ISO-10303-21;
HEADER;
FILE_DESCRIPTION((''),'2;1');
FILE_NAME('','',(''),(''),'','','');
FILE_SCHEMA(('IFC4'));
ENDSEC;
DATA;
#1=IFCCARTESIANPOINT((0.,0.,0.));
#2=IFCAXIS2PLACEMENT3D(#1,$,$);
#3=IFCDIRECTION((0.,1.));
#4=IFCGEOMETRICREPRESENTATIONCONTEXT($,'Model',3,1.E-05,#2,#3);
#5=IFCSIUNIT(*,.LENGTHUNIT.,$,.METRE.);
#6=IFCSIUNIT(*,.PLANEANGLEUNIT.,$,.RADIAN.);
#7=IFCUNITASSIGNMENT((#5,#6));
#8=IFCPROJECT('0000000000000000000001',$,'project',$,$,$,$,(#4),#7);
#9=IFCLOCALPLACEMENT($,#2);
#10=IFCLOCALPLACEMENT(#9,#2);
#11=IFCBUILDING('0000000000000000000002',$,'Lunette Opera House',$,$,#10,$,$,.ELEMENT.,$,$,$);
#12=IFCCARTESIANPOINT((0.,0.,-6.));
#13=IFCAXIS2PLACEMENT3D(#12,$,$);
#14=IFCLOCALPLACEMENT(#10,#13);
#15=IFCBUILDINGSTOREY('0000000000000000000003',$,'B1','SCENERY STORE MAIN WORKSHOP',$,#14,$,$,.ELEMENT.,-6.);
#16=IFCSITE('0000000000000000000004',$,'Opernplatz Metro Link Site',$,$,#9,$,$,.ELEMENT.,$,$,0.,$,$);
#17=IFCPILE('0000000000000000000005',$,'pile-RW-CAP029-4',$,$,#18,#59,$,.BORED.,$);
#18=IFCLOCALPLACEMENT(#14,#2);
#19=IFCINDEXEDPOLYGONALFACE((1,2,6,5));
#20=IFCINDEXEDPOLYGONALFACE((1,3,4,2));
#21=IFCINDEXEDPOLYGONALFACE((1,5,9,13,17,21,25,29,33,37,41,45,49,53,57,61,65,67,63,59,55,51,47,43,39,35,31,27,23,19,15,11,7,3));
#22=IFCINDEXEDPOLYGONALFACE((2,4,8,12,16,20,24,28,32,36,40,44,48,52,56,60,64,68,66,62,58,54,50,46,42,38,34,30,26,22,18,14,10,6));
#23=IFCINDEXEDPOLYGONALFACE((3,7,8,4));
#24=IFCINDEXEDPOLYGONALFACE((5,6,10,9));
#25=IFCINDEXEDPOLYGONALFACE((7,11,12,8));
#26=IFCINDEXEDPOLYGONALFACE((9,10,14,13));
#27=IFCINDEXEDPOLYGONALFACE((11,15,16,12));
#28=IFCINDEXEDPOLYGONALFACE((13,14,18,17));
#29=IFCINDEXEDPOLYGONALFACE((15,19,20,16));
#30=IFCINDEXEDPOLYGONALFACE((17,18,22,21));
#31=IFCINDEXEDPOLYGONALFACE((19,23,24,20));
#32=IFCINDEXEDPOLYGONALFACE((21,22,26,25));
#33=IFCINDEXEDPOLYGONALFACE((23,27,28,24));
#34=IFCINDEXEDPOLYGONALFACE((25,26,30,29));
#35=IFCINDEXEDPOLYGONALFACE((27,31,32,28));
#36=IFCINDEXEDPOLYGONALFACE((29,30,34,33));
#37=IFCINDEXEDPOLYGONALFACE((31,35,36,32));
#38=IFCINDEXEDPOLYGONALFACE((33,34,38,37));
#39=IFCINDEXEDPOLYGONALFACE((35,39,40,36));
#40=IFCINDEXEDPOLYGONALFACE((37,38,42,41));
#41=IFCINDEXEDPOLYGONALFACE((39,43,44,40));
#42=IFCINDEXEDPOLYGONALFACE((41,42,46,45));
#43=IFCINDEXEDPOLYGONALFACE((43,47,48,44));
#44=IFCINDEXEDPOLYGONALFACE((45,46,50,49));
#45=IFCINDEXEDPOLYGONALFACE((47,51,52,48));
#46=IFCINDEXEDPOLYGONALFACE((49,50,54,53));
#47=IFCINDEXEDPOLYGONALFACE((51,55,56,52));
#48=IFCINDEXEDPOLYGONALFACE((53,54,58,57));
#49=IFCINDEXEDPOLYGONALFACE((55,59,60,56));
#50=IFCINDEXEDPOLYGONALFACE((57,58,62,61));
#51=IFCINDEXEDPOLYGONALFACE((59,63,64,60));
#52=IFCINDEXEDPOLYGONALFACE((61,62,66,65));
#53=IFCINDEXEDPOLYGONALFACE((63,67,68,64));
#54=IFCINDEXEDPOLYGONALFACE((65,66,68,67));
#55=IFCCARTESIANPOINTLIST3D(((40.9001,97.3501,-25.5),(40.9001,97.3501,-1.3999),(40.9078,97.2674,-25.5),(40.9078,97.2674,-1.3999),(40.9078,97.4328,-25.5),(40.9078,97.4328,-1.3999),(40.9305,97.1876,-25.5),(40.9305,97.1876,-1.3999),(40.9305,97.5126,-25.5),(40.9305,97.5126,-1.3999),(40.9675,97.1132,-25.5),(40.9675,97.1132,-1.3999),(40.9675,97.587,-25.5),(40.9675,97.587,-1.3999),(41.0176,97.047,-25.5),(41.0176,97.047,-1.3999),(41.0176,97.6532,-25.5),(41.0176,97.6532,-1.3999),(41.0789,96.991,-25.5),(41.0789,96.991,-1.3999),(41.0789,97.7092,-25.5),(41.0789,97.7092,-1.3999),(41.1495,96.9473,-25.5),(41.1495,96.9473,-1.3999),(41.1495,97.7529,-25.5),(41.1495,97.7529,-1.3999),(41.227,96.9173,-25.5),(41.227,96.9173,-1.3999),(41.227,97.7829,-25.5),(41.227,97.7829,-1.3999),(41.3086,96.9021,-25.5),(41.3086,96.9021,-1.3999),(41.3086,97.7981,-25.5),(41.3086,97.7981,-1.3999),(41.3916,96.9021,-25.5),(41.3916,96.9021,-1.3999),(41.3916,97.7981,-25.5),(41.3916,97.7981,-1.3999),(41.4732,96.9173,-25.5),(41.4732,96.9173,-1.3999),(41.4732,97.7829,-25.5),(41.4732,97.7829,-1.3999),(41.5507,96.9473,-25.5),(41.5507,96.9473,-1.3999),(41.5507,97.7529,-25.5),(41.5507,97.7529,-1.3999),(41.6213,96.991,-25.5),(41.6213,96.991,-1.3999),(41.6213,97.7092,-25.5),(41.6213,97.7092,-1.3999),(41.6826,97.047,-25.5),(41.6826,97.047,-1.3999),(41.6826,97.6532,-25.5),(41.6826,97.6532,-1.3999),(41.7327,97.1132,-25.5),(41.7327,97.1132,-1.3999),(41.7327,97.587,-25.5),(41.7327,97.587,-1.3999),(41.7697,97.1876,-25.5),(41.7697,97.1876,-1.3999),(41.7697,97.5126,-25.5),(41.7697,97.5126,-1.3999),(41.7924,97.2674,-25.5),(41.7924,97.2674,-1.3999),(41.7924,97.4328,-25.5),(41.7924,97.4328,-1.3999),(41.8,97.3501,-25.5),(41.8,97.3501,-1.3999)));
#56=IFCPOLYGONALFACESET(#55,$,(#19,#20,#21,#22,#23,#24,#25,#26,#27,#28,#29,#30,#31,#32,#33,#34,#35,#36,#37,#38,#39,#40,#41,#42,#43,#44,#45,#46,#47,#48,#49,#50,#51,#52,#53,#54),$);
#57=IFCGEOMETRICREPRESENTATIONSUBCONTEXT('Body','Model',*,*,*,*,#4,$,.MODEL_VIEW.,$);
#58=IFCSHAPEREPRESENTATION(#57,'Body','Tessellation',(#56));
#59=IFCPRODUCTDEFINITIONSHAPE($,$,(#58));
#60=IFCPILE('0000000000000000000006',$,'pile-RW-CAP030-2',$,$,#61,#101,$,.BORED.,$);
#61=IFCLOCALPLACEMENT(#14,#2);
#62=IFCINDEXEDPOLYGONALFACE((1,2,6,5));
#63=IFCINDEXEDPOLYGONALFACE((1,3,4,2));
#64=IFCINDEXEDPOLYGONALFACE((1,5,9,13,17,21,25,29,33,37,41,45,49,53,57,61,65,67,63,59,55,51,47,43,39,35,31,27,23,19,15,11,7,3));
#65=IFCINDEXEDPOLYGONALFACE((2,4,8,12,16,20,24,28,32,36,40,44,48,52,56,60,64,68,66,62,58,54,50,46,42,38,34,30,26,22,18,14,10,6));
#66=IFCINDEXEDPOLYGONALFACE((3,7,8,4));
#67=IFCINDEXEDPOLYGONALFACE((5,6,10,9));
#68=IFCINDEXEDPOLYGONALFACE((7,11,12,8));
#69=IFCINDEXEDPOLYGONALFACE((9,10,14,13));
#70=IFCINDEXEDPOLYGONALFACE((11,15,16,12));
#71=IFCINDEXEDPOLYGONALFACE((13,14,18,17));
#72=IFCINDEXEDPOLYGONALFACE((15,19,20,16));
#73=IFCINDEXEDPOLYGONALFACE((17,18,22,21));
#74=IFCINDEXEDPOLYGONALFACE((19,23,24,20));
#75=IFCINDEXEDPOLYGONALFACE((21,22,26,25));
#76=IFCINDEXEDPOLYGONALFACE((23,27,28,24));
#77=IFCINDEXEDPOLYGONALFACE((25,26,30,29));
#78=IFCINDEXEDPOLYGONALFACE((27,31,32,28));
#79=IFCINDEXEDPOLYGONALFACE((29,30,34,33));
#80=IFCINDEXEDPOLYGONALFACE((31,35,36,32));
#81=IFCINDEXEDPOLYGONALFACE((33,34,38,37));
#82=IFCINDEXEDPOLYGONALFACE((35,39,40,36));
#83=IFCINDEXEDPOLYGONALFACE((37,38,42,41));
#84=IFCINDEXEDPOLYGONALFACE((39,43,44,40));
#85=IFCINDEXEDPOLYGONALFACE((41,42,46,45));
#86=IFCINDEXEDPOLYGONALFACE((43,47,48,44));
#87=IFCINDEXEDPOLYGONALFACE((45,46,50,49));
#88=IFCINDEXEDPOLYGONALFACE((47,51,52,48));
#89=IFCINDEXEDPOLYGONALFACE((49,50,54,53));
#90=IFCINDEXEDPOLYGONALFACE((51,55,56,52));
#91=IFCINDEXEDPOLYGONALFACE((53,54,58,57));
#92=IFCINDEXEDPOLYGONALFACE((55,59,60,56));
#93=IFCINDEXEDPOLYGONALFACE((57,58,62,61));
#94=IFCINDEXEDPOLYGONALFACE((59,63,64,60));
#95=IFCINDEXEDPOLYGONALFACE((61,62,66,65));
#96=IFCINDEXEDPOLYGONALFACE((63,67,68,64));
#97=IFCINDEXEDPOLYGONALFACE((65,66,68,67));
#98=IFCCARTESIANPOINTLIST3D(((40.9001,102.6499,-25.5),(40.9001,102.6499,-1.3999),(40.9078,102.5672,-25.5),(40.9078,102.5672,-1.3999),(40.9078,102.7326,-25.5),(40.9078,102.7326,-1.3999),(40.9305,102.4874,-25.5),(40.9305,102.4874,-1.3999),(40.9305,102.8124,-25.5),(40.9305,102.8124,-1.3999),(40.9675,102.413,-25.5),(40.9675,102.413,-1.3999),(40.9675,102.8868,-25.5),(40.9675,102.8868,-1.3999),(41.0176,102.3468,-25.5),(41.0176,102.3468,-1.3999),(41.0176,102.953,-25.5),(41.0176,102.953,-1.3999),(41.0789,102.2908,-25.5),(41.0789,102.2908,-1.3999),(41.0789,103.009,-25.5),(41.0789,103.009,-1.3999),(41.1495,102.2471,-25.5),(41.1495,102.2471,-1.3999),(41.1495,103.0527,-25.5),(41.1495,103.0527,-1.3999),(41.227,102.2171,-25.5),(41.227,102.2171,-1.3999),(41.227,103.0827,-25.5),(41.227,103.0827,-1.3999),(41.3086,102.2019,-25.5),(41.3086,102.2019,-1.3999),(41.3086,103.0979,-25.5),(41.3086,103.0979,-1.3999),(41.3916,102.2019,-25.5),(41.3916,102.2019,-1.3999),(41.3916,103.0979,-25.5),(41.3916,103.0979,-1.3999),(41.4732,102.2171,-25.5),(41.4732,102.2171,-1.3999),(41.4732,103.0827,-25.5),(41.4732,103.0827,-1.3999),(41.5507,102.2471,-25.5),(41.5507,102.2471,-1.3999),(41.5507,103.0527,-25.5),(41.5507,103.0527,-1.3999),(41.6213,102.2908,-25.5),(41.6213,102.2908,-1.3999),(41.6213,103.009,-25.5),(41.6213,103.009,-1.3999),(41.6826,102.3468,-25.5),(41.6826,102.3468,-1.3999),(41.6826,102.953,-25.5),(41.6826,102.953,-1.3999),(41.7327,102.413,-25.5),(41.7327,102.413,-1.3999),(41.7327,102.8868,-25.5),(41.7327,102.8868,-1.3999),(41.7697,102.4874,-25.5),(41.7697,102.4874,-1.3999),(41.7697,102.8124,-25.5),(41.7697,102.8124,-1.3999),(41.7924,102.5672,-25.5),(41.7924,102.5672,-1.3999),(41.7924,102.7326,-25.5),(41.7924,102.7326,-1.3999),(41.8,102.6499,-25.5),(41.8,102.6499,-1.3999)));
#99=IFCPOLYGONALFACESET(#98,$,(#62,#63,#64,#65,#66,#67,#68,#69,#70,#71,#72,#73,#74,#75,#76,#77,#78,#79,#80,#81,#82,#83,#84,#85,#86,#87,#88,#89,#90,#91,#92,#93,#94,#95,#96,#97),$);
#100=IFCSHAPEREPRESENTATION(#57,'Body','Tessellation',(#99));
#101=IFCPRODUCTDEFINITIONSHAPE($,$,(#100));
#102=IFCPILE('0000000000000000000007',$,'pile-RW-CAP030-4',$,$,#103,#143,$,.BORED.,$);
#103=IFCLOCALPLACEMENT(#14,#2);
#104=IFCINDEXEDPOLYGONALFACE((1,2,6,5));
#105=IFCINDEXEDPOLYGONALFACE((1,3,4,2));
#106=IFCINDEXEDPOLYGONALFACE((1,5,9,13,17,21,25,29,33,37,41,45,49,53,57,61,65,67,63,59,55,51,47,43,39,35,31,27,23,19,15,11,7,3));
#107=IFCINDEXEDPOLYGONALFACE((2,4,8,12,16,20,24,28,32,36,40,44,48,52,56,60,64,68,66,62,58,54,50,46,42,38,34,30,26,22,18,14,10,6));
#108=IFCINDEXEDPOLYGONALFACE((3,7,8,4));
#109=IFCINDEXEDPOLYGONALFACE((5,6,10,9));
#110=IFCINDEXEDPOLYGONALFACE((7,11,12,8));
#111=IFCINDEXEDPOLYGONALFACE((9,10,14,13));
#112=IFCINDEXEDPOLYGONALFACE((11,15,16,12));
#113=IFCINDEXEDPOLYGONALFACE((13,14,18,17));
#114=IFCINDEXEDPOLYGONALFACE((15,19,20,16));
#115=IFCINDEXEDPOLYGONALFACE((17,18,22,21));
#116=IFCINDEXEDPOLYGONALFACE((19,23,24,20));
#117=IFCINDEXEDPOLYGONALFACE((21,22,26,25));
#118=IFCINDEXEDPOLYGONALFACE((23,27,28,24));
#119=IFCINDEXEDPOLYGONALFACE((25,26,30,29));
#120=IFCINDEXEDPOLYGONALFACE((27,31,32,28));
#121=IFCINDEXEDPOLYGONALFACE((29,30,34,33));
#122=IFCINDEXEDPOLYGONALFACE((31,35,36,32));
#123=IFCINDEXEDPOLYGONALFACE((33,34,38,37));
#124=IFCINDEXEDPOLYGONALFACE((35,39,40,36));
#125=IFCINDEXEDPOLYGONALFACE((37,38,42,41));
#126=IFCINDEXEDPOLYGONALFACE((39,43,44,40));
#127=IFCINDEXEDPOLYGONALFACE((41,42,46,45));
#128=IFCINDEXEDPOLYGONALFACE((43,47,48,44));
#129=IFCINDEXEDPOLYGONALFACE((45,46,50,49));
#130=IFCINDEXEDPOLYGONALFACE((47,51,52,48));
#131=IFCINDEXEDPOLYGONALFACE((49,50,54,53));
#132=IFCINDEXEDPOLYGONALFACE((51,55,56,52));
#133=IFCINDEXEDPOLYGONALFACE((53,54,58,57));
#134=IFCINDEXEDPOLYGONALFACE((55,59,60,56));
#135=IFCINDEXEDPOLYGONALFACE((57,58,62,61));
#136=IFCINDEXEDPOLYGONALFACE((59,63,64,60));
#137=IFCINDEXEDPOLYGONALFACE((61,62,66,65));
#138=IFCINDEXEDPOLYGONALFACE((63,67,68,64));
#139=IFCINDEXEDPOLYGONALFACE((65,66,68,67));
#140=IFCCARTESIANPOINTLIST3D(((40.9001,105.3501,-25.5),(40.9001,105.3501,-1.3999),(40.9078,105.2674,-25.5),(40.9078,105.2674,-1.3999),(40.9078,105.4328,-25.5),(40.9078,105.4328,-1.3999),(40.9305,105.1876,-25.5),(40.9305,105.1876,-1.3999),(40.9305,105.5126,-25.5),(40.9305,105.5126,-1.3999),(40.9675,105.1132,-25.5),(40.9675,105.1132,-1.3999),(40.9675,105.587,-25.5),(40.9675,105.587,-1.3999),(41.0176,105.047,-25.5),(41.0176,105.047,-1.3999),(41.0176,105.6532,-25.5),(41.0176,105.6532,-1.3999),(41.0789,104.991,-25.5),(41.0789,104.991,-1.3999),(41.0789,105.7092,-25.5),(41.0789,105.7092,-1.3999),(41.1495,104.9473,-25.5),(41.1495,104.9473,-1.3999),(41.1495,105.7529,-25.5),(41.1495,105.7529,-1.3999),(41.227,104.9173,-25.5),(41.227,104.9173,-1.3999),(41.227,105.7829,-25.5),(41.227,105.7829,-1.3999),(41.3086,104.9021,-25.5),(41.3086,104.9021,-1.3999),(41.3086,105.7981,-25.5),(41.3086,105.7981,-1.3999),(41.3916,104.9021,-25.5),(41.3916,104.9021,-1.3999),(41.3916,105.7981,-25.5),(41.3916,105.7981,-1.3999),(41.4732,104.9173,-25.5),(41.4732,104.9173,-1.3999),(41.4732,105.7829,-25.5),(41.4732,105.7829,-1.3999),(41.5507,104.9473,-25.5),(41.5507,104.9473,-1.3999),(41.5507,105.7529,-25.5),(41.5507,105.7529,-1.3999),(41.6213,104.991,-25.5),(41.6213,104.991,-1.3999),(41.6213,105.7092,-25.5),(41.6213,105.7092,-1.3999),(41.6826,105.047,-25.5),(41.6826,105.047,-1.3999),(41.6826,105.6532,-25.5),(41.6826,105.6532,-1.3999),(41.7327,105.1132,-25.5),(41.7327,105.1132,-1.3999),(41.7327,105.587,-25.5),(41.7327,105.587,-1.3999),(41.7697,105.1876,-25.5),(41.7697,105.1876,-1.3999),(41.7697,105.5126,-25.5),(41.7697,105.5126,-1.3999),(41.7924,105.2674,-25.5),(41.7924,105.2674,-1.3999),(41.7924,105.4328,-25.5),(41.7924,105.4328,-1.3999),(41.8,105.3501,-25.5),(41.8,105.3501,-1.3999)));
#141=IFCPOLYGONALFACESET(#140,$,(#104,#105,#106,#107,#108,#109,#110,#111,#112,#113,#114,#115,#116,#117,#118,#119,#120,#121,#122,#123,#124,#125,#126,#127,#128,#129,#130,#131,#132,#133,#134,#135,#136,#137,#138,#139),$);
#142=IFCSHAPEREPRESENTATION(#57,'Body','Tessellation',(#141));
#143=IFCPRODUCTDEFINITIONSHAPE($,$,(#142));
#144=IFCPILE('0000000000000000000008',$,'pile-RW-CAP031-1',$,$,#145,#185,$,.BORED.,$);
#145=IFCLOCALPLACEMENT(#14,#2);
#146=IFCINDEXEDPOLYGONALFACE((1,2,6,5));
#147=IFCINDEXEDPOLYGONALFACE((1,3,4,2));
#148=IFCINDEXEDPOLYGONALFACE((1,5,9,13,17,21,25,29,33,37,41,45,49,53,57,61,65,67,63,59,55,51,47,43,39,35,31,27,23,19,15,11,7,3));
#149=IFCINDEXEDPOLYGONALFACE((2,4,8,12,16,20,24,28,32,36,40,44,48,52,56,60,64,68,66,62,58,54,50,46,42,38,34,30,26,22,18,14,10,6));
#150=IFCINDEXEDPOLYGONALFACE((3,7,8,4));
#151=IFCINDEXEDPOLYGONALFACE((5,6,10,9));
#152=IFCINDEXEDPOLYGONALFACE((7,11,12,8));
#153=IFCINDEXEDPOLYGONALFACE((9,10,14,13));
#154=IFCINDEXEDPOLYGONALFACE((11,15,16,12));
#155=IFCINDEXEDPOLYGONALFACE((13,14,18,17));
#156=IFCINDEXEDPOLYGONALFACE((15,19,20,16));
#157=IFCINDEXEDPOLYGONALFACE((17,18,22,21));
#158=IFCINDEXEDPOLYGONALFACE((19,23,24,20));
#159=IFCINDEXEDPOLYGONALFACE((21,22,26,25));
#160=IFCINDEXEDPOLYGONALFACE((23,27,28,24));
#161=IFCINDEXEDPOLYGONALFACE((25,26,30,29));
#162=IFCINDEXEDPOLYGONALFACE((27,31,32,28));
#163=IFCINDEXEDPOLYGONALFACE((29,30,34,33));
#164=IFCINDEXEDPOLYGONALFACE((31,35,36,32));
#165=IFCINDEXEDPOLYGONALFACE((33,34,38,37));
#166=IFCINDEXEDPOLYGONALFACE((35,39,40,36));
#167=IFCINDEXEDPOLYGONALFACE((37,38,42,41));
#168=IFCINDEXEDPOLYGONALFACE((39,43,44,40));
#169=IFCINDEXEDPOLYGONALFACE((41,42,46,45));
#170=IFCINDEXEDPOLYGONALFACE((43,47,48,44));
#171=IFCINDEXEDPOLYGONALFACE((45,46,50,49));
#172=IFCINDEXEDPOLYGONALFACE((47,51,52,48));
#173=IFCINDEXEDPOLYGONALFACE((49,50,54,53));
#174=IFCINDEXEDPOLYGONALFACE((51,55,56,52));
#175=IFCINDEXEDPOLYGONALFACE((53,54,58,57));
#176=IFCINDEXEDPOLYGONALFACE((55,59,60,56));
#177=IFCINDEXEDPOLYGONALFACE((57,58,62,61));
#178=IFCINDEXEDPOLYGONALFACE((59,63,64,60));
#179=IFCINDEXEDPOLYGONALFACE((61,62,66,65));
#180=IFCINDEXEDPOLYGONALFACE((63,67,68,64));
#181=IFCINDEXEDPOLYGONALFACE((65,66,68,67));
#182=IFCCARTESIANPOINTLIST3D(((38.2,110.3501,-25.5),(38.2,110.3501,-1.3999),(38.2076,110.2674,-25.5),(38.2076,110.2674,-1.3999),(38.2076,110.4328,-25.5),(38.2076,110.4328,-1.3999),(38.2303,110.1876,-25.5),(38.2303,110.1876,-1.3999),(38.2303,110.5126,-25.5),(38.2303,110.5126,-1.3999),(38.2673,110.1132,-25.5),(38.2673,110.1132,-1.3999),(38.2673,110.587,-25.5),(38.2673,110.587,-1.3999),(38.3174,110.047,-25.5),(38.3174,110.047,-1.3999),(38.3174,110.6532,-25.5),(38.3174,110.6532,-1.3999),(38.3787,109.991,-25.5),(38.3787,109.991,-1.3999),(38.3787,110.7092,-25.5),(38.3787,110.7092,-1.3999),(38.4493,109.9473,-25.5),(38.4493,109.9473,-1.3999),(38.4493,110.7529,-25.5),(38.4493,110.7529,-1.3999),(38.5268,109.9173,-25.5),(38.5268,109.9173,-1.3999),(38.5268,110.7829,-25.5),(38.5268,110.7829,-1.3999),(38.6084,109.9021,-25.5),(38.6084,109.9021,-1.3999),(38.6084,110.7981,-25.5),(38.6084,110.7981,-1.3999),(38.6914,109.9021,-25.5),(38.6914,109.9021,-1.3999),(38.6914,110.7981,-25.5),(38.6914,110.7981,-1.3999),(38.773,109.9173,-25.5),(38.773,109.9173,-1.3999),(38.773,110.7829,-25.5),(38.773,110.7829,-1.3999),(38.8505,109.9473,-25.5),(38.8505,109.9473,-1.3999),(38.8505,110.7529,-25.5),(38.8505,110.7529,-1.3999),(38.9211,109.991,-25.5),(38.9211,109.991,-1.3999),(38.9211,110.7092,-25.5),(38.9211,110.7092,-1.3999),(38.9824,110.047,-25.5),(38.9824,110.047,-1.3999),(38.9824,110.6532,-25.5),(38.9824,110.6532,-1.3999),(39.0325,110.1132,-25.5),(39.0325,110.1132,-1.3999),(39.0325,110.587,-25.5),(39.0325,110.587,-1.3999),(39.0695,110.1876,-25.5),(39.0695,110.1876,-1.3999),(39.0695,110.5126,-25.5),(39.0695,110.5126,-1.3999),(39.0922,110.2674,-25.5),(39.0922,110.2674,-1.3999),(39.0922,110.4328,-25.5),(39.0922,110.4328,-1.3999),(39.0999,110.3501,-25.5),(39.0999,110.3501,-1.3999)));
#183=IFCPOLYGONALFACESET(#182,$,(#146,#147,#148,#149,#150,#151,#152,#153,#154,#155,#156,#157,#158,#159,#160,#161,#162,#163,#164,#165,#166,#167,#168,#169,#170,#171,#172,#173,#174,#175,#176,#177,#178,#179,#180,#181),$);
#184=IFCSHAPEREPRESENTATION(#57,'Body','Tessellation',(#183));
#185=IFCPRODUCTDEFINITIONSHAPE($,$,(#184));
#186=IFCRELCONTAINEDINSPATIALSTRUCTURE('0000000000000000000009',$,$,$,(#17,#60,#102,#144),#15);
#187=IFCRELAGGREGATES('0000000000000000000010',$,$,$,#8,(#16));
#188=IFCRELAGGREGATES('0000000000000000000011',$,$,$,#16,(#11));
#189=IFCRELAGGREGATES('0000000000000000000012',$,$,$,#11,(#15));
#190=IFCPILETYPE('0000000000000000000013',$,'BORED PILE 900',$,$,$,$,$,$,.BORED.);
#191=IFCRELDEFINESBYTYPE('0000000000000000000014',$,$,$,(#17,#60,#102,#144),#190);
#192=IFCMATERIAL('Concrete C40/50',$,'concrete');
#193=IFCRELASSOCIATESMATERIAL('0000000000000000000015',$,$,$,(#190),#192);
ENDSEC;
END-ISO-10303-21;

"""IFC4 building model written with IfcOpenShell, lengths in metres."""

from ifc_helpers import new_model, si_unit, direction, frame, origin, origin_2d, place, context, subcontext, project, spatial, circle, extrude, material, material_profile, profile_set, type_object, element, save


model = new_model("IFC4")

# Units and contexts
model_context = context("Model", 3, precision=1e-05, world=origin(), true_north=direction((0.0, 1.0)))
body_context = subcontext(model_context, "Body", "Model", "MODEL_VIEW")
ifc_project = project(units=[si_unit("LENGTHUNIT", "METRE"), si_unit("PLANEANGLEUNIT", "RADIAN")], contexts=[model_context])

# Site, building, storey
site_placement = place(None, origin())
site = spatial("IfcSite", under=ifc_project, at=site_placement, Name="Opernplatz Metro Link Site", CompositionType="ELEMENT", RefElevation=0.0)
building_placement = place(site_placement, origin())
building = spatial("IfcBuilding", under=site, at=building_placement, Name="Lunette Opera House", CompositionType="ELEMENT")
storey_placement = place(building_placement, frame((0.0, 0.0, -6.0)))
storey = spatial("IfcBuildingStorey", under=building, at=storey_placement, Name="B1", Description="SCENERY STORE MAIN WORKSHOP", CompositionType="ELEMENT", Elevation=-6.0)

# Piles
ifc_material_1 = material(Name="Concrete C40/50", Category="concrete")
ifc_material_profile_1 = material_profile(ifc_material_1, circle(Radius=0.45, at=origin_2d()), Name="BORED PILE 900")
ifc_profile_set_1 = profile_set([ifc_material_profile_1], Name="Concrete C40/50")
pile_type = type_object("IfcPileType", Name="BORED PILE 900", PredefinedType="BORED", material=ifc_profile_set_1)
for number, where, z_axis, x_axis, name in (
    (1, (41.3501, 97.3501, -1.3999), (0.0, 0.0, -1.0), (1.0, 0.0, 0.0), "pile-RW-CAP029-4"),
    (2, (41.3501, 102.6499, -1.3999), (0.0, 0.0, -1.0), (1.0, 0.0, 0.0), "pile-RW-CAP030-2"),
    (3, (41.3501, 105.3501, -1.3999), (0.0, 0.0, -1.0), (1.0, 0.0, 0.0), "pile-RW-CAP030-4"),
    (4, (38.6499, 110.3501, -1.3999), (0.0, 0.0, -1.0), (1.0, 0.0, 0.0), "pile-RW-CAP031-1"),
):
    element("IfcPile", number, at=place(storey_placement, frame(where, z_axis=z_axis, x_axis=x_axis)), inside=storey, type_object=pile_type, Name=name, PredefinedType="BORED", context=body_context, shape_type="SweptSolid", body=[
        extrude(circle(Radius=0.45, at=origin_2d()), origin(), (0.0, 0.0, 1.0), 24.1001),
    ])

save(model, "model.ifc")
